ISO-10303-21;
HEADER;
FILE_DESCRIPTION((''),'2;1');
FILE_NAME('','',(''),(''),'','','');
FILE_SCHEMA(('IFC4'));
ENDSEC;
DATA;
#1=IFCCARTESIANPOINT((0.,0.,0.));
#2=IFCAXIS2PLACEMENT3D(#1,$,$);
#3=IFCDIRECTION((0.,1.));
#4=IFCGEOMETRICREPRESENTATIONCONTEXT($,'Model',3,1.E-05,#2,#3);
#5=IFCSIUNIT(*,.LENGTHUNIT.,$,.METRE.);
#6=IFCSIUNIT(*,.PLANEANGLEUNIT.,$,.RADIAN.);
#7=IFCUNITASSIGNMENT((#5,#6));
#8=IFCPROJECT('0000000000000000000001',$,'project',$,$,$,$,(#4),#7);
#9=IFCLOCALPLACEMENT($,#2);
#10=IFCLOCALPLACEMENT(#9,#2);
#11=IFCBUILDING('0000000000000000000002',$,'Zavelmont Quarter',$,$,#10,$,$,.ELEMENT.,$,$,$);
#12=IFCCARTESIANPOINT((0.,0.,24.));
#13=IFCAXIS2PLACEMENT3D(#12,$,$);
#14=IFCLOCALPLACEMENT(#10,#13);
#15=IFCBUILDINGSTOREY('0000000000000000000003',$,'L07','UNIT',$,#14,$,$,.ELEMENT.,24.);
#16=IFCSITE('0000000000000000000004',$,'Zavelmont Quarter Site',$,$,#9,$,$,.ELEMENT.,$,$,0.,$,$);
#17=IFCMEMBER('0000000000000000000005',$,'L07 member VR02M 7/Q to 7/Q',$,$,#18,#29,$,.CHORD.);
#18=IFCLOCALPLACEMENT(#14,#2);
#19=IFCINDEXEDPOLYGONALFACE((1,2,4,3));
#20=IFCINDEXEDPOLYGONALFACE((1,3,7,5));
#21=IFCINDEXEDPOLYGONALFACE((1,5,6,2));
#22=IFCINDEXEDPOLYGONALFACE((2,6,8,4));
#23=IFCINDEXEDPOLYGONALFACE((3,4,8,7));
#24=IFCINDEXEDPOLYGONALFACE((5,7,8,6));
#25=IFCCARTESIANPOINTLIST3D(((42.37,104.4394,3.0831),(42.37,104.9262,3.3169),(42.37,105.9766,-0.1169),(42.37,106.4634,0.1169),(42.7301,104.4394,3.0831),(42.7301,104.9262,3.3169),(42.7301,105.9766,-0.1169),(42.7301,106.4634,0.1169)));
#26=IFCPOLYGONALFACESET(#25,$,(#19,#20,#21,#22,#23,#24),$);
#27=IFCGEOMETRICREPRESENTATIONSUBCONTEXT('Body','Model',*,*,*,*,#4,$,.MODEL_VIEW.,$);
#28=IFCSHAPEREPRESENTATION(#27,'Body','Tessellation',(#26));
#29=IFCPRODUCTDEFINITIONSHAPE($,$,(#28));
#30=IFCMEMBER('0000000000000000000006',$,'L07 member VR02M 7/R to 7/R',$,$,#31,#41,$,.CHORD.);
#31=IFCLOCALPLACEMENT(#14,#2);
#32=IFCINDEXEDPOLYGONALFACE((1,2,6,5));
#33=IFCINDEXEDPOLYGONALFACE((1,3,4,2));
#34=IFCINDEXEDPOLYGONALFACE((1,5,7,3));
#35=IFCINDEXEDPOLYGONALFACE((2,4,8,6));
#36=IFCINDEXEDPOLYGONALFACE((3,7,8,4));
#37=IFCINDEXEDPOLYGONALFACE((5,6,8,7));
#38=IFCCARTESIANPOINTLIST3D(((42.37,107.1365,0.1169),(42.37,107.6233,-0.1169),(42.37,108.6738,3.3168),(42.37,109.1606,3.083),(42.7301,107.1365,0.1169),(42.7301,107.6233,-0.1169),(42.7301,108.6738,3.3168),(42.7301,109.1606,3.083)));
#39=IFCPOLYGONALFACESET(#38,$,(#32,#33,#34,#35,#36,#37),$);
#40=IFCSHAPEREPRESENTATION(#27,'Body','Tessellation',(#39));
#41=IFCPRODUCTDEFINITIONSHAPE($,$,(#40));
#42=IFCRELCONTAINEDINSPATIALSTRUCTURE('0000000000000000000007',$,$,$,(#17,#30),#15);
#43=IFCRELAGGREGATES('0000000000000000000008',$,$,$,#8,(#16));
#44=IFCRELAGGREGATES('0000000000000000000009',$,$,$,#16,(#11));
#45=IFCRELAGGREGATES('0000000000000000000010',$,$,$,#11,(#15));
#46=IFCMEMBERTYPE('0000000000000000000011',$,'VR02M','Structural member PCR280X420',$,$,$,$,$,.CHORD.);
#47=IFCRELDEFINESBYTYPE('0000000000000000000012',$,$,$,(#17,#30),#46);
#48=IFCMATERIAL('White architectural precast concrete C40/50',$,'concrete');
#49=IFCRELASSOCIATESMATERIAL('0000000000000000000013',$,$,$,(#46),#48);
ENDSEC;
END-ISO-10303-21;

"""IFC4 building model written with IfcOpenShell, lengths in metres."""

from ifc_helpers import new_model, si_unit, direction, frame, origin, origin_2d, place, context, subcontext, project, spatial, rectangle, extrude, material, material_profile, profile_set, type_object, element, save


model = new_model("IFC4")

# Units and contexts
model_context = context("Model", 3, precision=1e-05, world=origin(), true_north=direction((0.0, 1.0)))
body_context = subcontext(model_context, "Body", "Model", "MODEL_VIEW")
ifc_project = project(units=[si_unit("LENGTHUNIT", "METRE"), si_unit("PLANEANGLEUNIT", "RADIAN")], contexts=[model_context])

# Site, building, storey
site_placement = place(None, origin())
site = spatial("IfcSite", under=ifc_project, at=site_placement, Name="Zavelmont Quarter Site", CompositionType="ELEMENT", RefElevation=0.0)
building_placement = place(site_placement, origin())
building = spatial("IfcBuilding", under=site, at=building_placement, Name="Zavelmont Quarter", CompositionType="ELEMENT")
storey_placement = place(building_placement, frame((0.0, 0.0, 24.0)))
storey = spatial("IfcBuildingStorey", under=building, at=storey_placement, Name="L07", Description="UNIT", CompositionType="ELEMENT", Elevation=24.0)

# Members
ifc_material_1 = material(Name="White architectural precast concrete C40/50", Category="concrete")
ifc_material_profile_1 = material_profile(ifc_material_1, rectangle(XDim=0.3601, YDim=0.54, at=origin_2d()), Name="PCR280X420")
ifc_profile_set_1 = profile_set([ifc_material_profile_1], Name="White architectural precast concrete C40/50")
member_type = type_object("IfcMemberType", Name="VR02M", Description="Structural member PCR280X420", PredefinedType="CHORD", material=ifc_profile_set_1)
for number, where, z_axis, x_axis, name in (
    (1, (42.55, 106.22, 0.0), (0.0, -0.43299, 0.901399), (1.0, 0.0, 0.0), "L07 member VR02M 7/Q to 7/Q"),
    (2, (42.55, 107.3799, 0.0), (0.0, 0.433046, 0.901372), (-1.0, 0.0, 0.0), "L07 member VR02M 7/R to 7/R"),
):
    element("IfcMember", number, at=place(storey_placement, frame(where, z_axis=z_axis, x_axis=x_axis)), inside=storey, type_object=member_type, Name=name, PredefinedType="CHORD", context=body_context, shape_type="SweptSolid", body=[
        extrude(rectangle(XDim=0.3601, YDim=0.54, at=origin_2d()), origin(), (0.0, 0.0, 1.0), 3.55),
    ])

save(model, "model.ifc")
